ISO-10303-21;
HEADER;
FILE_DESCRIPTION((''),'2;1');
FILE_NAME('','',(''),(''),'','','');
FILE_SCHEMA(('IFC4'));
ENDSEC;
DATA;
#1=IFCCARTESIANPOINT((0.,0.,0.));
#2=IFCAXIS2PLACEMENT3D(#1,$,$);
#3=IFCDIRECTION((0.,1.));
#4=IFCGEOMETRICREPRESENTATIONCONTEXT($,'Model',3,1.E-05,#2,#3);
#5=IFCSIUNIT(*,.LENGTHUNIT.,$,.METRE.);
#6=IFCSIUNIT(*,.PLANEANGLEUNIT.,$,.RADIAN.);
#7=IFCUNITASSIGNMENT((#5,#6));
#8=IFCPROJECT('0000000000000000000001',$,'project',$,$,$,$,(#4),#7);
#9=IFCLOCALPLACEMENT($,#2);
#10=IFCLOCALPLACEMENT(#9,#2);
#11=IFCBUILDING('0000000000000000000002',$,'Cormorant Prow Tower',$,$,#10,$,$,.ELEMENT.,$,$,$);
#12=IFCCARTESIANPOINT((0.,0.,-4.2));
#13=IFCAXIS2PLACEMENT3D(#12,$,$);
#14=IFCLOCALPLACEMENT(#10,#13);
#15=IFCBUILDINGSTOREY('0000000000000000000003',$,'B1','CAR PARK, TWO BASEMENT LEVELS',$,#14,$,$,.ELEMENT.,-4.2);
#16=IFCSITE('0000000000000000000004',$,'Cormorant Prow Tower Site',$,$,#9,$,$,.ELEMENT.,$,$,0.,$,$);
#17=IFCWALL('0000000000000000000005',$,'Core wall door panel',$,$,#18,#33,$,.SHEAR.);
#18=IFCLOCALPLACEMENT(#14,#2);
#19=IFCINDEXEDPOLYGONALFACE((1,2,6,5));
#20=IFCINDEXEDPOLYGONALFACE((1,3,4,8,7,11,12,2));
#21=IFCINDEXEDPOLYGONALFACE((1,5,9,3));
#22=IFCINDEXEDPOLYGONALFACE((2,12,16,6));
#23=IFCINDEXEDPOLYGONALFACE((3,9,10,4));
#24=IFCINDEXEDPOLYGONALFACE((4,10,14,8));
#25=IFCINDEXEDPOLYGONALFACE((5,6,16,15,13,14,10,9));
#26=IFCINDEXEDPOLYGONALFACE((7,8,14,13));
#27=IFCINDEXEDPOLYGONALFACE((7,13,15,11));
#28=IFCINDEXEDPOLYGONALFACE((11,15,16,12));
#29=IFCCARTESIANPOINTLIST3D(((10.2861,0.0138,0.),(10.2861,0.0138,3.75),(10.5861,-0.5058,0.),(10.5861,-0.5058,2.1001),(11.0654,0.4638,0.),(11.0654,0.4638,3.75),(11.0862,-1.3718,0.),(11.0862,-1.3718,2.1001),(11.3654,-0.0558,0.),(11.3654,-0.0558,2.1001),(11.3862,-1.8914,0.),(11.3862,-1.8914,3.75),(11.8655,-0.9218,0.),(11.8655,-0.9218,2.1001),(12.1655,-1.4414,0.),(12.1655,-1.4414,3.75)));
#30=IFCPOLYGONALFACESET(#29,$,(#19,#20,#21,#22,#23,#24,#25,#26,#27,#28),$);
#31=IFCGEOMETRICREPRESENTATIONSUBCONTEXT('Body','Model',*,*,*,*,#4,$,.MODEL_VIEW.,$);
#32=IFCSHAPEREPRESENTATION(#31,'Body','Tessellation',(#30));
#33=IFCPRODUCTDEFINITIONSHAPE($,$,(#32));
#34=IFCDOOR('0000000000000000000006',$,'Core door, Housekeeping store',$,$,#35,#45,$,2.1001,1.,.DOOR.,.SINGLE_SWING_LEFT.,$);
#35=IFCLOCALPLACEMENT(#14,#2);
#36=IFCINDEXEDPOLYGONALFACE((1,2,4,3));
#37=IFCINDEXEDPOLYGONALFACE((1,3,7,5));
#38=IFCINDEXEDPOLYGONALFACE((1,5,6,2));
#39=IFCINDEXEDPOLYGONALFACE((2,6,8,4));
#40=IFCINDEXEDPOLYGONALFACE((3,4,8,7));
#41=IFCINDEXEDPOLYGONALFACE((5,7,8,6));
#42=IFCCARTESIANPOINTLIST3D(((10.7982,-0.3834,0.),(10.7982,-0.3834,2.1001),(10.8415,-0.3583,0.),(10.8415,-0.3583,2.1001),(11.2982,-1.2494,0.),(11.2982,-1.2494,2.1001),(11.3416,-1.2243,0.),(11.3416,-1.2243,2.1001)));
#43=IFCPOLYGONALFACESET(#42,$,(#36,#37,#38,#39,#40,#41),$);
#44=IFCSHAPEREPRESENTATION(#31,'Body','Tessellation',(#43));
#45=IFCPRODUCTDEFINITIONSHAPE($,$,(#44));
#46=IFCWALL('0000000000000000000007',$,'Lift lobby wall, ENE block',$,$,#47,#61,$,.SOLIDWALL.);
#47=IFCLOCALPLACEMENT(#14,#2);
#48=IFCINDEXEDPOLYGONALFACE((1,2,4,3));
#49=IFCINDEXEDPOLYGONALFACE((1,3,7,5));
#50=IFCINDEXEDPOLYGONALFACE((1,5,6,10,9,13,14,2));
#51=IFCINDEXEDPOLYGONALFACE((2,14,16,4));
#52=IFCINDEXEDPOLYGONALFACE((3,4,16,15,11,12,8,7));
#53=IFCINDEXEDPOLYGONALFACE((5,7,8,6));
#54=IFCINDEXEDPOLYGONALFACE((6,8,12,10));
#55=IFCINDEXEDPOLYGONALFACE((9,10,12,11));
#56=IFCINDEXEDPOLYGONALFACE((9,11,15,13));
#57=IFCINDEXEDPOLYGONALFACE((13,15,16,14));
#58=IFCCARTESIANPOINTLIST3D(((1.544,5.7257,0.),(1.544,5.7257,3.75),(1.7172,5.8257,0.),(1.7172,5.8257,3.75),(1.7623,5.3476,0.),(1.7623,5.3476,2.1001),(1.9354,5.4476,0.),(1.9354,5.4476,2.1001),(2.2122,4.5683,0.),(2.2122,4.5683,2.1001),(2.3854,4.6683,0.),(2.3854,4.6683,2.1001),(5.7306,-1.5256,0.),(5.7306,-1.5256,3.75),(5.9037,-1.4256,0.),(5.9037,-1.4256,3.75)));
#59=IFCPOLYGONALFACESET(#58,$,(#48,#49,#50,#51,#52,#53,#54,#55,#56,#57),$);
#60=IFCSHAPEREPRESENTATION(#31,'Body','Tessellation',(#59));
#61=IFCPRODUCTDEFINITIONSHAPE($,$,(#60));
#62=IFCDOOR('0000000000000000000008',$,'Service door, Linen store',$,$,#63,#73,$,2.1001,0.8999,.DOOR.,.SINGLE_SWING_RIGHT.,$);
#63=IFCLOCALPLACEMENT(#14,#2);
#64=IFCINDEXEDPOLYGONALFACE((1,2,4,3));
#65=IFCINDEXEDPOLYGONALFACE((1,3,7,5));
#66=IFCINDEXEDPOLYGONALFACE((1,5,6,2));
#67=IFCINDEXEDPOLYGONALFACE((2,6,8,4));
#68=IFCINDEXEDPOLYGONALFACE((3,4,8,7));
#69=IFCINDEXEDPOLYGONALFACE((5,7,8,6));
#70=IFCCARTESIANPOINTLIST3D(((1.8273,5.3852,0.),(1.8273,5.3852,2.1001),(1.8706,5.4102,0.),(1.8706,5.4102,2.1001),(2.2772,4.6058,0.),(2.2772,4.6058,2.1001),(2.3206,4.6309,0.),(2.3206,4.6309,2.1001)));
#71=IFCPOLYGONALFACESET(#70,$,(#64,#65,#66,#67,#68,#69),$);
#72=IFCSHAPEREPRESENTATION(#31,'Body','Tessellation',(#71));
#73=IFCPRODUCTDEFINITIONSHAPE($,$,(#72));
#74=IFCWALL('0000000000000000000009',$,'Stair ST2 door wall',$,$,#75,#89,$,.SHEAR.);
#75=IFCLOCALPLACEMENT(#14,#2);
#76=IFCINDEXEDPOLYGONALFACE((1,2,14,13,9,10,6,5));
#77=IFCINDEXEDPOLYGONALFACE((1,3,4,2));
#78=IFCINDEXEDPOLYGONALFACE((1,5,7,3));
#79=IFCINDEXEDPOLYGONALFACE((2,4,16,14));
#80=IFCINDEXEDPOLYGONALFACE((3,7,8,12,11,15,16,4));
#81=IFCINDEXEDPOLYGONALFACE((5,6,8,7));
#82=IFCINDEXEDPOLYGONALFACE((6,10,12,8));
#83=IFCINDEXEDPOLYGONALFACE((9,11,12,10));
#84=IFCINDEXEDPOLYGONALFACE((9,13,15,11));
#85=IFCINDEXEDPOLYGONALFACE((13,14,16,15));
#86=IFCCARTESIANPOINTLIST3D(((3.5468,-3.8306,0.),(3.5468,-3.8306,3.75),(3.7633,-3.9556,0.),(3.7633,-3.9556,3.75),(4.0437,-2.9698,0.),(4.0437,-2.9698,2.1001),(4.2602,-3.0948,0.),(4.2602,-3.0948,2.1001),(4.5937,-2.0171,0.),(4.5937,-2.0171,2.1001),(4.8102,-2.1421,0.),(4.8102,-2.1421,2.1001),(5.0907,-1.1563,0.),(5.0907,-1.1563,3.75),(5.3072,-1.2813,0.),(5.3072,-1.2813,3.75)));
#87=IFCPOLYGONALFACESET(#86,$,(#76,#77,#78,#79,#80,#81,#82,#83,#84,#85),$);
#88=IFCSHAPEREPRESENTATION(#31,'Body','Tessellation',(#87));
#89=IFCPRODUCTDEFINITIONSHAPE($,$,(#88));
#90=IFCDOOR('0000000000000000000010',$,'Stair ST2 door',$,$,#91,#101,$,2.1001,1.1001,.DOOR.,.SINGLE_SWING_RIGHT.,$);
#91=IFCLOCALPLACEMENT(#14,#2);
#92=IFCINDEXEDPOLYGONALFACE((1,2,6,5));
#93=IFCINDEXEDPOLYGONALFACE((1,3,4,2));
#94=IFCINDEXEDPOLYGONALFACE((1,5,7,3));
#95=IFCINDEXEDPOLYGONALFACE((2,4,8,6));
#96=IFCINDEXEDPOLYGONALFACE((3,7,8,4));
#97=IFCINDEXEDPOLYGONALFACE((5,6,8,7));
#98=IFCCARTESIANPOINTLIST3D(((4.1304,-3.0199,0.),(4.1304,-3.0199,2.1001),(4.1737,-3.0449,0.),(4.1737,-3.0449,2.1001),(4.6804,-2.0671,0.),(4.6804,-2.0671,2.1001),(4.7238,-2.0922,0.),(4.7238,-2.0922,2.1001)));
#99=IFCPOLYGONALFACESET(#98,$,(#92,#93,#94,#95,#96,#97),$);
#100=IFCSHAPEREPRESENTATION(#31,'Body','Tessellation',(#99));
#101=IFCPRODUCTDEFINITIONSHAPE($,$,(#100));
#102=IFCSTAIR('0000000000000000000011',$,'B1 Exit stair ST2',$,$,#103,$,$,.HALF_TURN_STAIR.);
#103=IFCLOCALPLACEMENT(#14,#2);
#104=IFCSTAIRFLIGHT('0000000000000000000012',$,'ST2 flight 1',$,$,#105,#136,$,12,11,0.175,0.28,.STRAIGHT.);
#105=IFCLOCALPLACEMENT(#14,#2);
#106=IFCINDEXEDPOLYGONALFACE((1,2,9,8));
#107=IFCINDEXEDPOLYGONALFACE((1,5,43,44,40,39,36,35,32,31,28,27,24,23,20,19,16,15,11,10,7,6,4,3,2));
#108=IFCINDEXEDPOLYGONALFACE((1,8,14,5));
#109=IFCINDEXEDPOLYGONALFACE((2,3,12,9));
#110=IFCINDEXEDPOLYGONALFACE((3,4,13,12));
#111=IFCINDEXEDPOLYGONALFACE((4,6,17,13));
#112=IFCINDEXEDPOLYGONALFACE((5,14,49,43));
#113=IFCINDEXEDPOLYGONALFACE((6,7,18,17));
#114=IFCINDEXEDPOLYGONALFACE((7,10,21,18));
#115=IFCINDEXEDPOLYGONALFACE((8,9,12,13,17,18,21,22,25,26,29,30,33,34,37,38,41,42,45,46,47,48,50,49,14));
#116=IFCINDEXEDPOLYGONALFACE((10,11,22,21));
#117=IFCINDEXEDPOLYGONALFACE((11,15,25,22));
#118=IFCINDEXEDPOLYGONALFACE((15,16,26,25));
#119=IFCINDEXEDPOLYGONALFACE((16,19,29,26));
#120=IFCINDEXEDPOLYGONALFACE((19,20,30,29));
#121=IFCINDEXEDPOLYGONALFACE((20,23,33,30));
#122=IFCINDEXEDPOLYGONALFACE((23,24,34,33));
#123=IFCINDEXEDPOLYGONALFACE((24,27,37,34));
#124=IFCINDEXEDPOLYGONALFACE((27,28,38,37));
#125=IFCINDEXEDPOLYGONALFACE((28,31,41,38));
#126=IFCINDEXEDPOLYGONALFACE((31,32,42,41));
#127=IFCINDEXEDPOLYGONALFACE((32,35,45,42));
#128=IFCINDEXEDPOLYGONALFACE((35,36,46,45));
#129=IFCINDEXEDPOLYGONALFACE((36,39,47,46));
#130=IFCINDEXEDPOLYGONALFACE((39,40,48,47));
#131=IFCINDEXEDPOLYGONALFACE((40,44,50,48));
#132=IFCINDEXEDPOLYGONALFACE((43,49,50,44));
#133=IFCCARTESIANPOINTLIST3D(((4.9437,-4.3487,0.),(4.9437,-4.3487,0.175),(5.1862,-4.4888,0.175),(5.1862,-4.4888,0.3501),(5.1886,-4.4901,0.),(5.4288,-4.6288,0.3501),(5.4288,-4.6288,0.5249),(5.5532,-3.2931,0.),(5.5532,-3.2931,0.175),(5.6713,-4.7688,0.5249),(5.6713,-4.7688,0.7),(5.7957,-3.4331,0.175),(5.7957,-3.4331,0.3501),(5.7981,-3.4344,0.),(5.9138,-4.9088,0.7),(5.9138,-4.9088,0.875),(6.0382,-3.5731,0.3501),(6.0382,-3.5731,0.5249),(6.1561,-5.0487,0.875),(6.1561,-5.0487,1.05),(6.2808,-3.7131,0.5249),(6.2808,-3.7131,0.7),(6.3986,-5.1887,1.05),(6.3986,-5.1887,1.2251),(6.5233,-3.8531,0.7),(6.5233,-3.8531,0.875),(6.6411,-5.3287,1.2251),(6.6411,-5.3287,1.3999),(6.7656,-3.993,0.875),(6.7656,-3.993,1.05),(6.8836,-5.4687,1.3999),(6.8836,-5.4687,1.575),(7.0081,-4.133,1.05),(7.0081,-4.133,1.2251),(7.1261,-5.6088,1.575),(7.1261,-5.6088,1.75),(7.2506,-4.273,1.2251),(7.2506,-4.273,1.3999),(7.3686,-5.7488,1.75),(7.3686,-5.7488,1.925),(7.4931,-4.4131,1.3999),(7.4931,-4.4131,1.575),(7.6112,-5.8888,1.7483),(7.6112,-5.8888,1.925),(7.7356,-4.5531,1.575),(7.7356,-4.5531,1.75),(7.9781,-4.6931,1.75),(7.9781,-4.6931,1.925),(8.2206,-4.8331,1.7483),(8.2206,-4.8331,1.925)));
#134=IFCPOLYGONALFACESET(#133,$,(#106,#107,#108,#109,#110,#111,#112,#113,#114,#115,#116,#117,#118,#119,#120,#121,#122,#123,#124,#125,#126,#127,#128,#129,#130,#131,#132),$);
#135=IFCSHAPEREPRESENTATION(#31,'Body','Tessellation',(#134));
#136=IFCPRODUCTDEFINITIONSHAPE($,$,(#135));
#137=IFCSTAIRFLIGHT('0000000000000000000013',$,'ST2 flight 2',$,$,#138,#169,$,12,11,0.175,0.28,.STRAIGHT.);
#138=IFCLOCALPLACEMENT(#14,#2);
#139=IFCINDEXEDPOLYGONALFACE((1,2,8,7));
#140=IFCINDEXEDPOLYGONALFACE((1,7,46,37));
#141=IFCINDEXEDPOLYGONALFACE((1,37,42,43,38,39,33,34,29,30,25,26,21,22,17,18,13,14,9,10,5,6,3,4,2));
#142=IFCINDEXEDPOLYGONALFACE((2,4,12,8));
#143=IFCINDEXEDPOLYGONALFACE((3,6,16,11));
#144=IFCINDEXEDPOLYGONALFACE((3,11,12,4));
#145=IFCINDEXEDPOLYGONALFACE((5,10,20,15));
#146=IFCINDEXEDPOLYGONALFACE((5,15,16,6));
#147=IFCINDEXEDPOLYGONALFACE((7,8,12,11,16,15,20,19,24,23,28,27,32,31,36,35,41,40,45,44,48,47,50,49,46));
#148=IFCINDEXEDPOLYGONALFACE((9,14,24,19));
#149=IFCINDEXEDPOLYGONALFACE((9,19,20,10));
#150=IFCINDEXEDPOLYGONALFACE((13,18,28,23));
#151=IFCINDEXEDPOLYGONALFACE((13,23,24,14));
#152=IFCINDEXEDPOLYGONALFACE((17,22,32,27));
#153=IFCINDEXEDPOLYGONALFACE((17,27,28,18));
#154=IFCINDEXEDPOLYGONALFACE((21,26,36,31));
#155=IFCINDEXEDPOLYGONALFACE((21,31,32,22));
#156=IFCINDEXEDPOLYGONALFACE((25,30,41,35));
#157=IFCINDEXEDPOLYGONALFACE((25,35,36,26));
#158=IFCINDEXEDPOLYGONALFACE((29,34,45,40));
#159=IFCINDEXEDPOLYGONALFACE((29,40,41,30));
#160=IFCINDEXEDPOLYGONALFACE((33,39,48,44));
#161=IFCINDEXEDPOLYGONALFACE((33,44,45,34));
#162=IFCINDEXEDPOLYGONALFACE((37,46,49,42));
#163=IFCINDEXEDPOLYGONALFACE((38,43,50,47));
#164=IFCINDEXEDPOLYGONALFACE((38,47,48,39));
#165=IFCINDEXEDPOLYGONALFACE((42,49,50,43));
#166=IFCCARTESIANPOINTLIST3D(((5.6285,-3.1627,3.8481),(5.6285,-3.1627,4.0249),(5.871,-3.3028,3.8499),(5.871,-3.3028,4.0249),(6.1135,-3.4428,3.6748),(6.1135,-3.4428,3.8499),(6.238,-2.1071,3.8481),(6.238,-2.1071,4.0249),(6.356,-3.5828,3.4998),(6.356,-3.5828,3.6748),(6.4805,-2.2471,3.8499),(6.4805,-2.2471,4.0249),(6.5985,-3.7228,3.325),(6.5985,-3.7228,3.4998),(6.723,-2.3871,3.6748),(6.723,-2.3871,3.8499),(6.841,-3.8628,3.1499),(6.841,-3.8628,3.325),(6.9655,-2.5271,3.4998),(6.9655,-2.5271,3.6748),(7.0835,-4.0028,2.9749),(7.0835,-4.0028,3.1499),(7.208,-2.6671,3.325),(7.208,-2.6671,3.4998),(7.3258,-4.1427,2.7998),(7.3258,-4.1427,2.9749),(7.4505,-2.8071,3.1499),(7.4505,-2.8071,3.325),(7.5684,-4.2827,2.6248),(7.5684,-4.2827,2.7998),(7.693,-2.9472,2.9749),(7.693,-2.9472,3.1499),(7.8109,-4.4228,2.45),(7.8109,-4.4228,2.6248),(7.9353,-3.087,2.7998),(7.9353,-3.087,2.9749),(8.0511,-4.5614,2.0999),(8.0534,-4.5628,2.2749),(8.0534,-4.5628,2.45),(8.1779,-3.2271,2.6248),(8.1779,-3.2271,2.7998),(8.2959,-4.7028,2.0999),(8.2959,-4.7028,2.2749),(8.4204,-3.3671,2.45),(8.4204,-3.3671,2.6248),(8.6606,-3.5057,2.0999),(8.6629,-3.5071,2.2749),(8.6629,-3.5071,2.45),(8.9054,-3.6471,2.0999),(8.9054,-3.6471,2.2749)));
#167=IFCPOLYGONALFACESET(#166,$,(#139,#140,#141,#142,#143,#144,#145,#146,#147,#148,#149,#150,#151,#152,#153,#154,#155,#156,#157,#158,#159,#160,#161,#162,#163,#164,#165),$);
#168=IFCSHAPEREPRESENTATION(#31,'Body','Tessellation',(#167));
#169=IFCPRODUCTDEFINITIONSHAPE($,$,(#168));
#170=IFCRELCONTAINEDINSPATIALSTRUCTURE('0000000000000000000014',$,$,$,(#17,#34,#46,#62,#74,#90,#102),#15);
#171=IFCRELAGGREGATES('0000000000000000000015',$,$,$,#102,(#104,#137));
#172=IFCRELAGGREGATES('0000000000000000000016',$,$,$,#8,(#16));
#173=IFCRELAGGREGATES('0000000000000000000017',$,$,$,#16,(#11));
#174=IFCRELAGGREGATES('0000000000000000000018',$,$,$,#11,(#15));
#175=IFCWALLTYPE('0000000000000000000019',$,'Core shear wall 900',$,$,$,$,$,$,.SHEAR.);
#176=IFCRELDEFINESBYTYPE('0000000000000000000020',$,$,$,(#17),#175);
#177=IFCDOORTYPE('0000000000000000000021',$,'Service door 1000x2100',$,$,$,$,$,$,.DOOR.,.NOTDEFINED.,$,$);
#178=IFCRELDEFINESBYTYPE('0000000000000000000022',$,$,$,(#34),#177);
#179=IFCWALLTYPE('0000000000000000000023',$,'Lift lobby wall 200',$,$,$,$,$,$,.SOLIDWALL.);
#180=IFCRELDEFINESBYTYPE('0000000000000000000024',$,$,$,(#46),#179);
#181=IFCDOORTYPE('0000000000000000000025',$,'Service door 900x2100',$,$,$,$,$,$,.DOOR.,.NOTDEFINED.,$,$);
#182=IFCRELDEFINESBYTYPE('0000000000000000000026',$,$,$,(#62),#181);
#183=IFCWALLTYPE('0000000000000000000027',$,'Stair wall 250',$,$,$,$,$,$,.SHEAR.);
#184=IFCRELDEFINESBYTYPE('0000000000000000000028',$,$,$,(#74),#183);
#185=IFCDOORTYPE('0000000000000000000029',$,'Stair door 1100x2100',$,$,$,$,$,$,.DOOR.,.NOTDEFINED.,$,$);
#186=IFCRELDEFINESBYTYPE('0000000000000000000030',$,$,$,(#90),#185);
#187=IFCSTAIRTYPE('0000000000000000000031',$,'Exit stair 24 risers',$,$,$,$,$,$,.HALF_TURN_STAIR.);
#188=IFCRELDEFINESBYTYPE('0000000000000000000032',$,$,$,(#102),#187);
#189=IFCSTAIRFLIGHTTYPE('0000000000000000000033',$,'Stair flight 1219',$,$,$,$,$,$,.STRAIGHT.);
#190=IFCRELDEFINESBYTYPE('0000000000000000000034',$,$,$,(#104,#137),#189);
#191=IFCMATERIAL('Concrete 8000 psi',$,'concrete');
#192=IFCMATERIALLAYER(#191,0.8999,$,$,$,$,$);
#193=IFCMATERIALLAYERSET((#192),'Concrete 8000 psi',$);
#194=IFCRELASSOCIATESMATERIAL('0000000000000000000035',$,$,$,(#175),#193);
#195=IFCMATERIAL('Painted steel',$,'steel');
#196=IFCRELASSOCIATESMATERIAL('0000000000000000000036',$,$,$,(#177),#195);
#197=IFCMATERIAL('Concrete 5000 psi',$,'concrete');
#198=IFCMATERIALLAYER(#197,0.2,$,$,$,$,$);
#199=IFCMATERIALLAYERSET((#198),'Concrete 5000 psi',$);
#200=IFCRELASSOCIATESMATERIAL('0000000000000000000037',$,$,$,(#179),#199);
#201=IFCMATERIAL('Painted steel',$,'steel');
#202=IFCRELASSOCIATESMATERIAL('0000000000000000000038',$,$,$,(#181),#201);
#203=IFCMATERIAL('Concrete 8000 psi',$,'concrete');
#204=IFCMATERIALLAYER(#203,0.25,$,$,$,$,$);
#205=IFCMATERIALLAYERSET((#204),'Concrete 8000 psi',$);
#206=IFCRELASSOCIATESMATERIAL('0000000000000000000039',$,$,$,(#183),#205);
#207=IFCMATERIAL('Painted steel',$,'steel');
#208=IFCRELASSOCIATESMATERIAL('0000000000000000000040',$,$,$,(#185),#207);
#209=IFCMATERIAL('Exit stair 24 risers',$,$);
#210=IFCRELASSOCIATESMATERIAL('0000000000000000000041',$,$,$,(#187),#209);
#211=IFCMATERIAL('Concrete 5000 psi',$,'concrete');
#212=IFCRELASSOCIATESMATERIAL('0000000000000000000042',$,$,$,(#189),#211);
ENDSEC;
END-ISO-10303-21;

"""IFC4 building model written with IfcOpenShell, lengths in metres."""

from ifc_helpers import new_model, si_unit, direction, frame, frame_2d, origin, place, context, subcontext, project, spatial, polyline, rectangle, outline, extrude, material, layer, layer_set, type_object, element, fill, aggregate, save


model = new_model("IFC4")

# Units and contexts
model_context = context("Model", 3, precision=1e-05, world=origin(), true_north=direction((0.0, 1.0)))
body_context = subcontext(model_context, "Body", "Model", "MODEL_VIEW")
ifc_project = project(units=[si_unit("LENGTHUNIT", "METRE"), si_unit("PLANEANGLEUNIT", "RADIAN")], contexts=[model_context])

# Site, building, storey
site_placement = place(None, origin())
site = spatial("IfcSite", under=ifc_project, at=site_placement, Name="Cormorant Prow Tower Site", CompositionType="ELEMENT", RefElevation=0.0)
building_placement = place(site_placement, origin())
building = spatial("IfcBuilding", under=site, at=building_placement, Name="Cormorant Prow Tower", CompositionType="ELEMENT")
storey_placement = place(building_placement, frame((0.0, 0.0, -4.2)))
storey = spatial("IfcBuildingStorey", under=building, at=storey_placement, Name="B1", Description="CAR PARK, TWO BASEMENT LEVELS", CompositionType="ELEMENT", Elevation=-4.2)

# Shared definitions
ifc_material_1 = material(Name="Concrete 8000 psi", Category="concrete")
ifc_layer_1 = layer(ifc_material_1, 0.8999)
ifc_layer_set_1 = layer_set([ifc_layer_1], Name="Concrete 8000 psi")
wall_type_1 = type_object("IfcWallType", Name="Core shear wall 900", PredefinedType="SHEAR", material=ifc_layer_set_1)

# Walls, openings, doors
ifc_material_2 = material(Name="Painted steel", Category="steel")
door_type_1 = type_object("IfcDoorType", Name="Service door 1000x2100", OperationType="NOTDEFINED", PredefinedType="DOOR", material=ifc_material_2)
wall_1_placement = place(storey_placement, frame((11.7759, -1.6665, 0.0), z_axis=(0.0, 0.0, 1.0), x_axis=(-0.50003, 0.866008, 0.0)))
wall_1 = element("IfcWall", 1, at=wall_1_placement, inside=storey, type_object=wall_type_1, Name="Core wall door panel", PredefinedType="SHEAR", context=body_context, shape_type="SweptSolid", body=[
    extrude(rectangle(XDim=2.2, YDim=0.8999, at=frame_2d((1.1001, 0.0))), origin(), (0.0, 0.0, 1.0), 3.75),
])
opening_1_placement = place(wall_1_placement, frame((0.6001, 0.0, 0.0)))
opening_1 = element("IfcOpeningElement", 2, at=opening_1_placement, cuts=wall_1, PredefinedType="OPENING", context=body_context, shape_type="SweptSolid", body=[
    extrude(rectangle(XDim=1.0, YDim=2.1001, at=frame_2d((0.5, 1.05))), frame((0.0, 0.46, 0.0), z_axis=(0.0, -1.0, 0.0), x_axis=(1.0, 0.0, 0.0)), (0.0, 0.0, 1.0), 0.9199),
])
door_1_placement = place(opening_1_placement, origin())
door_1 = element("IfcDoor", 3, at=door_1_placement, inside=storey, type_object=door_type_1, Name="Core door, Housekeeping store", OperationType="SINGLE_SWING_LEFT", OverallHeight=2.1001, OverallWidth=1.0, PredefinedType="DOOR", context=body_context, shape_type="SweptSolid", body=[
    extrude(rectangle(XDim=1.0, YDim=2.1001, at=frame_2d((0.5, 1.05))), frame((0.0, 0.2051, 0.0), z_axis=(0.0, -1.0, 0.0), x_axis=(1.0, 0.0, 0.0)), (0.0, 0.0, 1.0), 0.05),
])
fill(opening_1, door_1)
ifc_material_3 = material(Name="Concrete 5000 psi", Category="concrete")
ifc_layer_2 = layer(ifc_material_3, 0.2)
ifc_layer_set_2 = layer_set([ifc_layer_2], Name="Concrete 5000 psi")
wall_type_2 = type_object("IfcWallType", Name="Lift lobby wall 200", PredefinedType="SOLIDWALL", material=ifc_layer_set_2)
wall_2_placement = place(storey_placement, frame((5.8171, -1.4756, 0.0), z_axis=(0.0, 0.0, 1.0), x_axis=(-0.500003, 0.866024, 0.0)))
wall_2 = element("IfcWall", 4, at=wall_2_placement, inside=storey, type_object=wall_type_2, Name="Lift lobby wall, ENE block", PredefinedType="SOLIDWALL", context=body_context, shape_type="SweptSolid", body=[
    extrude(rectangle(XDim=8.373, YDim=0.2, at=frame_2d((4.1865, 0.0))), origin(), (0.0, 0.0, 1.0), 3.75),
])
opening_2_placement = place(wall_2_placement, frame((7.0366, 0.0, 0.0)))
opening_2 = element("IfcOpeningElement", 5, at=opening_2_placement, cuts=wall_2, PredefinedType="OPENING", context=body_context, shape_type="SweptSolid", body=[
    extrude(rectangle(XDim=0.8999, YDim=2.1001, at=frame_2d((0.45, 1.05))), frame((0.0, 0.1099, 0.0), z_axis=(0.0, -1.0, 0.0), x_axis=(1.0, 0.0, 0.0)), (0.0, 0.0, 1.0), 0.22),
])
ifc_material_4 = material(Name="Painted steel", Category="steel")
door_type_2 = type_object("IfcDoorType", Name="Service door 900x2100", OperationType="NOTDEFINED", PredefinedType="DOOR", material=ifc_material_4)
door_2_placement = place(opening_2_placement, origin())
door_2 = element("IfcDoor", 6, at=door_2_placement, inside=storey, type_object=door_type_2, Name="Service door, Linen store", OperationType="SINGLE_SWING_RIGHT", OverallHeight=2.1001, OverallWidth=0.8999, PredefinedType="DOOR", context=body_context, shape_type="SweptSolid", body=[
    extrude(rectangle(XDim=0.8999, YDim=2.1001, at=frame_2d((0.45, 1.05))), frame((0.0, 0.0249, 0.0), z_axis=(0.0, -1.0, 0.0), x_axis=(1.0, 0.0, 0.0)), (0.0, 0.0, 1.0), 0.05),
])
fill(opening_2, door_2)
ifc_material_5 = material(Name="Concrete 8000 psi", Category="concrete")
ifc_layer_3 = layer(ifc_material_5, 0.25)
ifc_layer_set_3 = layer_set([ifc_layer_3], Name="Concrete 8000 psi")
wall_type_3 = type_object("IfcWallType", Name="Stair wall 250", PredefinedType="SHEAR", material=ifc_layer_set_3)
wall_3_placement = place(storey_placement, frame((3.655, -3.8931, 0.0), z_axis=(0.0, 0.0, 1.0), x_axis=(0.499983, 0.866035, 0.0)))
wall_3 = element("IfcWall", 7, at=wall_3_placement, inside=storey, type_object=wall_type_3, Name="Stair ST2 door wall", PredefinedType="SHEAR", context=body_context, shape_type="SweptSolid", body=[
    extrude(rectangle(XDim=3.0879, YDim=0.25, at=frame_2d((1.5439, 0.0))), origin(), (0.0, 0.0, 1.0), 3.75),
])
opening_3_placement = place(wall_3_placement, frame((0.9939, 0.0, 0.0)))
opening_3 = element("IfcOpeningElement", 8, at=opening_3_placement, cuts=wall_3, PredefinedType="OPENING", context=body_context, shape_type="SweptSolid", body=[
    extrude(rectangle(XDim=1.1001, YDim=2.1001, at=frame_2d((0.55, 1.05))), frame((0.0, 0.135, 0.0), z_axis=(0.0, -1.0, 0.0), x_axis=(1.0, 0.0, 0.0)), (0.0, 0.0, 1.0), 0.27),
])
ifc_material_6 = material(Name="Painted steel", Category="steel")
door_type_3 = type_object("IfcDoorType", Name="Stair door 1100x2100", OperationType="NOTDEFINED", PredefinedType="DOOR", material=ifc_material_6)
door_3_placement = place(opening_3_placement, origin())
door_3 = element("IfcDoor", 9, at=door_3_placement, inside=storey, type_object=door_type_3, Name="Stair ST2 door", OperationType="SINGLE_SWING_RIGHT", OverallHeight=2.1001, OverallWidth=1.1001, PredefinedType="DOOR", context=body_context, shape_type="SweptSolid", body=[
    extrude(rectangle(XDim=1.1001, YDim=2.1001, at=frame_2d((0.55, 1.05))), frame((0.0, 0.0249, 0.0), z_axis=(0.0, -1.0, 0.0), x_axis=(1.0, 0.0, 0.0)), (0.0, 0.0, 1.0), 0.05),
])
fill(opening_3, door_3)

# Stair, stair flights
ifc_material_7 = material(Name="Exit stair 24 risers")
stair_type = type_object("IfcStairType", Name="Exit stair 24 risers", PredefinedType="HALF_TURN_STAIR", material=ifc_material_7)
stair_placement = place(storey_placement, origin())
stair = element("IfcStair", 10, at=stair_placement, inside=storey, type_object=stair_type, Name="B1 Exit stair ST2", PredefinedType="HALF_TURN_STAIR")
ifc_material_8 = material(Name="Concrete 5000 psi", Category="concrete")
stair_flight_type = type_object("IfcStairFlightType", Name="Stair flight 1219", PredefinedType="STRAIGHT", material=ifc_material_8)
stair_flight_1_placement = place(storey_placement, frame((5.2485, -3.8208, 0.0), z_axis=(0.0, 0.0, 1.0), x_axis=(0.866025, -0.5, 0.0)))
stair_flight_1 = element("IfcStairFlight", 11, at=stair_flight_1_placement, type_object=stair_flight_type, Name="ST2 flight 1", NumberOfRisers=12, NumberOfTreads=11, PredefinedType="STRAIGHT", RiserHeight=0.175, TreadLength=0.28, context=body_context, shape_type="SweptSolid", body=[
    extrude(outline(polyline([(0.0, 0.0), (0.0, 0.175), (0.28, 0.175), (0.28, 0.3501), (0.5601, 0.3501), (0.5601, 0.5249), (0.8401, 0.5249), (0.8401, 0.7), (1.1201, 0.7), (1.1201, 0.875), (1.3999, 0.875), (1.3999, 1.05), (1.6799, 1.05), (1.6799, 1.2251), (1.96, 1.2251), (1.96, 1.3999), (2.24, 1.3999), (2.24, 1.575), (2.52, 1.575), (2.52, 1.75), (2.8, 1.75), (2.8, 1.925), (3.0801, 1.925), (3.0801, 2.1001), (3.0801, 1.7483), (0.2827, 0.0), (0.0, 0.0)])), frame((0.0, 0.6094, 0.0), z_axis=(0.0, -1.0, 0.0), x_axis=(1.0, 0.0, 0.0)), (0.0, 0.0, 1.0), 1.219),
])
stair_flight_2_placement = place(storey_placement, frame((8.6006, -4.175, 2.0999), z_axis=(0.0, 0.0, 1.0), x_axis=(-0.866025, 0.5, 0.0)))
stair_flight_2 = element("IfcStairFlight", 12, at=stair_flight_2_placement, type_object=stair_flight_type, Name="ST2 flight 2", NumberOfRisers=12, NumberOfTreads=11, PredefinedType="STRAIGHT", RiserHeight=0.175, TreadLength=0.28, context=body_context, shape_type="SweptSolid", body=[
    extrude(outline(polyline([(0.0, 0.0), (0.0, 0.175), (0.28, 0.175), (0.28, 0.3501), (0.5601, 0.3501), (0.5601, 0.5249), (0.8401, 0.5249), (0.8401, 0.7), (1.1201, 0.7), (1.1201, 0.875), (1.3999, 0.875), (1.3999, 1.05), (1.6799, 1.05), (1.6799, 1.2251), (1.96, 1.2251), (1.96, 1.3999), (2.24, 1.3999), (2.24, 1.575), (2.52, 1.575), (2.52, 1.75), (2.8, 1.75), (2.8, 1.925), (3.0801, 1.925), (3.0801, 2.1001), (3.0801, 1.7483), (0.2827, 0.0), (0.0, 0.0)])), frame((0.0, 0.6094, 0.0), z_axis=(0.0, -1.0, 0.0), x_axis=(1.0, 0.0, 0.0)), (0.0, 0.0, 1.0), 1.219),
])
aggregate(stair, [stair_flight_1, stair_flight_2])

save(model, "model.ifc")
